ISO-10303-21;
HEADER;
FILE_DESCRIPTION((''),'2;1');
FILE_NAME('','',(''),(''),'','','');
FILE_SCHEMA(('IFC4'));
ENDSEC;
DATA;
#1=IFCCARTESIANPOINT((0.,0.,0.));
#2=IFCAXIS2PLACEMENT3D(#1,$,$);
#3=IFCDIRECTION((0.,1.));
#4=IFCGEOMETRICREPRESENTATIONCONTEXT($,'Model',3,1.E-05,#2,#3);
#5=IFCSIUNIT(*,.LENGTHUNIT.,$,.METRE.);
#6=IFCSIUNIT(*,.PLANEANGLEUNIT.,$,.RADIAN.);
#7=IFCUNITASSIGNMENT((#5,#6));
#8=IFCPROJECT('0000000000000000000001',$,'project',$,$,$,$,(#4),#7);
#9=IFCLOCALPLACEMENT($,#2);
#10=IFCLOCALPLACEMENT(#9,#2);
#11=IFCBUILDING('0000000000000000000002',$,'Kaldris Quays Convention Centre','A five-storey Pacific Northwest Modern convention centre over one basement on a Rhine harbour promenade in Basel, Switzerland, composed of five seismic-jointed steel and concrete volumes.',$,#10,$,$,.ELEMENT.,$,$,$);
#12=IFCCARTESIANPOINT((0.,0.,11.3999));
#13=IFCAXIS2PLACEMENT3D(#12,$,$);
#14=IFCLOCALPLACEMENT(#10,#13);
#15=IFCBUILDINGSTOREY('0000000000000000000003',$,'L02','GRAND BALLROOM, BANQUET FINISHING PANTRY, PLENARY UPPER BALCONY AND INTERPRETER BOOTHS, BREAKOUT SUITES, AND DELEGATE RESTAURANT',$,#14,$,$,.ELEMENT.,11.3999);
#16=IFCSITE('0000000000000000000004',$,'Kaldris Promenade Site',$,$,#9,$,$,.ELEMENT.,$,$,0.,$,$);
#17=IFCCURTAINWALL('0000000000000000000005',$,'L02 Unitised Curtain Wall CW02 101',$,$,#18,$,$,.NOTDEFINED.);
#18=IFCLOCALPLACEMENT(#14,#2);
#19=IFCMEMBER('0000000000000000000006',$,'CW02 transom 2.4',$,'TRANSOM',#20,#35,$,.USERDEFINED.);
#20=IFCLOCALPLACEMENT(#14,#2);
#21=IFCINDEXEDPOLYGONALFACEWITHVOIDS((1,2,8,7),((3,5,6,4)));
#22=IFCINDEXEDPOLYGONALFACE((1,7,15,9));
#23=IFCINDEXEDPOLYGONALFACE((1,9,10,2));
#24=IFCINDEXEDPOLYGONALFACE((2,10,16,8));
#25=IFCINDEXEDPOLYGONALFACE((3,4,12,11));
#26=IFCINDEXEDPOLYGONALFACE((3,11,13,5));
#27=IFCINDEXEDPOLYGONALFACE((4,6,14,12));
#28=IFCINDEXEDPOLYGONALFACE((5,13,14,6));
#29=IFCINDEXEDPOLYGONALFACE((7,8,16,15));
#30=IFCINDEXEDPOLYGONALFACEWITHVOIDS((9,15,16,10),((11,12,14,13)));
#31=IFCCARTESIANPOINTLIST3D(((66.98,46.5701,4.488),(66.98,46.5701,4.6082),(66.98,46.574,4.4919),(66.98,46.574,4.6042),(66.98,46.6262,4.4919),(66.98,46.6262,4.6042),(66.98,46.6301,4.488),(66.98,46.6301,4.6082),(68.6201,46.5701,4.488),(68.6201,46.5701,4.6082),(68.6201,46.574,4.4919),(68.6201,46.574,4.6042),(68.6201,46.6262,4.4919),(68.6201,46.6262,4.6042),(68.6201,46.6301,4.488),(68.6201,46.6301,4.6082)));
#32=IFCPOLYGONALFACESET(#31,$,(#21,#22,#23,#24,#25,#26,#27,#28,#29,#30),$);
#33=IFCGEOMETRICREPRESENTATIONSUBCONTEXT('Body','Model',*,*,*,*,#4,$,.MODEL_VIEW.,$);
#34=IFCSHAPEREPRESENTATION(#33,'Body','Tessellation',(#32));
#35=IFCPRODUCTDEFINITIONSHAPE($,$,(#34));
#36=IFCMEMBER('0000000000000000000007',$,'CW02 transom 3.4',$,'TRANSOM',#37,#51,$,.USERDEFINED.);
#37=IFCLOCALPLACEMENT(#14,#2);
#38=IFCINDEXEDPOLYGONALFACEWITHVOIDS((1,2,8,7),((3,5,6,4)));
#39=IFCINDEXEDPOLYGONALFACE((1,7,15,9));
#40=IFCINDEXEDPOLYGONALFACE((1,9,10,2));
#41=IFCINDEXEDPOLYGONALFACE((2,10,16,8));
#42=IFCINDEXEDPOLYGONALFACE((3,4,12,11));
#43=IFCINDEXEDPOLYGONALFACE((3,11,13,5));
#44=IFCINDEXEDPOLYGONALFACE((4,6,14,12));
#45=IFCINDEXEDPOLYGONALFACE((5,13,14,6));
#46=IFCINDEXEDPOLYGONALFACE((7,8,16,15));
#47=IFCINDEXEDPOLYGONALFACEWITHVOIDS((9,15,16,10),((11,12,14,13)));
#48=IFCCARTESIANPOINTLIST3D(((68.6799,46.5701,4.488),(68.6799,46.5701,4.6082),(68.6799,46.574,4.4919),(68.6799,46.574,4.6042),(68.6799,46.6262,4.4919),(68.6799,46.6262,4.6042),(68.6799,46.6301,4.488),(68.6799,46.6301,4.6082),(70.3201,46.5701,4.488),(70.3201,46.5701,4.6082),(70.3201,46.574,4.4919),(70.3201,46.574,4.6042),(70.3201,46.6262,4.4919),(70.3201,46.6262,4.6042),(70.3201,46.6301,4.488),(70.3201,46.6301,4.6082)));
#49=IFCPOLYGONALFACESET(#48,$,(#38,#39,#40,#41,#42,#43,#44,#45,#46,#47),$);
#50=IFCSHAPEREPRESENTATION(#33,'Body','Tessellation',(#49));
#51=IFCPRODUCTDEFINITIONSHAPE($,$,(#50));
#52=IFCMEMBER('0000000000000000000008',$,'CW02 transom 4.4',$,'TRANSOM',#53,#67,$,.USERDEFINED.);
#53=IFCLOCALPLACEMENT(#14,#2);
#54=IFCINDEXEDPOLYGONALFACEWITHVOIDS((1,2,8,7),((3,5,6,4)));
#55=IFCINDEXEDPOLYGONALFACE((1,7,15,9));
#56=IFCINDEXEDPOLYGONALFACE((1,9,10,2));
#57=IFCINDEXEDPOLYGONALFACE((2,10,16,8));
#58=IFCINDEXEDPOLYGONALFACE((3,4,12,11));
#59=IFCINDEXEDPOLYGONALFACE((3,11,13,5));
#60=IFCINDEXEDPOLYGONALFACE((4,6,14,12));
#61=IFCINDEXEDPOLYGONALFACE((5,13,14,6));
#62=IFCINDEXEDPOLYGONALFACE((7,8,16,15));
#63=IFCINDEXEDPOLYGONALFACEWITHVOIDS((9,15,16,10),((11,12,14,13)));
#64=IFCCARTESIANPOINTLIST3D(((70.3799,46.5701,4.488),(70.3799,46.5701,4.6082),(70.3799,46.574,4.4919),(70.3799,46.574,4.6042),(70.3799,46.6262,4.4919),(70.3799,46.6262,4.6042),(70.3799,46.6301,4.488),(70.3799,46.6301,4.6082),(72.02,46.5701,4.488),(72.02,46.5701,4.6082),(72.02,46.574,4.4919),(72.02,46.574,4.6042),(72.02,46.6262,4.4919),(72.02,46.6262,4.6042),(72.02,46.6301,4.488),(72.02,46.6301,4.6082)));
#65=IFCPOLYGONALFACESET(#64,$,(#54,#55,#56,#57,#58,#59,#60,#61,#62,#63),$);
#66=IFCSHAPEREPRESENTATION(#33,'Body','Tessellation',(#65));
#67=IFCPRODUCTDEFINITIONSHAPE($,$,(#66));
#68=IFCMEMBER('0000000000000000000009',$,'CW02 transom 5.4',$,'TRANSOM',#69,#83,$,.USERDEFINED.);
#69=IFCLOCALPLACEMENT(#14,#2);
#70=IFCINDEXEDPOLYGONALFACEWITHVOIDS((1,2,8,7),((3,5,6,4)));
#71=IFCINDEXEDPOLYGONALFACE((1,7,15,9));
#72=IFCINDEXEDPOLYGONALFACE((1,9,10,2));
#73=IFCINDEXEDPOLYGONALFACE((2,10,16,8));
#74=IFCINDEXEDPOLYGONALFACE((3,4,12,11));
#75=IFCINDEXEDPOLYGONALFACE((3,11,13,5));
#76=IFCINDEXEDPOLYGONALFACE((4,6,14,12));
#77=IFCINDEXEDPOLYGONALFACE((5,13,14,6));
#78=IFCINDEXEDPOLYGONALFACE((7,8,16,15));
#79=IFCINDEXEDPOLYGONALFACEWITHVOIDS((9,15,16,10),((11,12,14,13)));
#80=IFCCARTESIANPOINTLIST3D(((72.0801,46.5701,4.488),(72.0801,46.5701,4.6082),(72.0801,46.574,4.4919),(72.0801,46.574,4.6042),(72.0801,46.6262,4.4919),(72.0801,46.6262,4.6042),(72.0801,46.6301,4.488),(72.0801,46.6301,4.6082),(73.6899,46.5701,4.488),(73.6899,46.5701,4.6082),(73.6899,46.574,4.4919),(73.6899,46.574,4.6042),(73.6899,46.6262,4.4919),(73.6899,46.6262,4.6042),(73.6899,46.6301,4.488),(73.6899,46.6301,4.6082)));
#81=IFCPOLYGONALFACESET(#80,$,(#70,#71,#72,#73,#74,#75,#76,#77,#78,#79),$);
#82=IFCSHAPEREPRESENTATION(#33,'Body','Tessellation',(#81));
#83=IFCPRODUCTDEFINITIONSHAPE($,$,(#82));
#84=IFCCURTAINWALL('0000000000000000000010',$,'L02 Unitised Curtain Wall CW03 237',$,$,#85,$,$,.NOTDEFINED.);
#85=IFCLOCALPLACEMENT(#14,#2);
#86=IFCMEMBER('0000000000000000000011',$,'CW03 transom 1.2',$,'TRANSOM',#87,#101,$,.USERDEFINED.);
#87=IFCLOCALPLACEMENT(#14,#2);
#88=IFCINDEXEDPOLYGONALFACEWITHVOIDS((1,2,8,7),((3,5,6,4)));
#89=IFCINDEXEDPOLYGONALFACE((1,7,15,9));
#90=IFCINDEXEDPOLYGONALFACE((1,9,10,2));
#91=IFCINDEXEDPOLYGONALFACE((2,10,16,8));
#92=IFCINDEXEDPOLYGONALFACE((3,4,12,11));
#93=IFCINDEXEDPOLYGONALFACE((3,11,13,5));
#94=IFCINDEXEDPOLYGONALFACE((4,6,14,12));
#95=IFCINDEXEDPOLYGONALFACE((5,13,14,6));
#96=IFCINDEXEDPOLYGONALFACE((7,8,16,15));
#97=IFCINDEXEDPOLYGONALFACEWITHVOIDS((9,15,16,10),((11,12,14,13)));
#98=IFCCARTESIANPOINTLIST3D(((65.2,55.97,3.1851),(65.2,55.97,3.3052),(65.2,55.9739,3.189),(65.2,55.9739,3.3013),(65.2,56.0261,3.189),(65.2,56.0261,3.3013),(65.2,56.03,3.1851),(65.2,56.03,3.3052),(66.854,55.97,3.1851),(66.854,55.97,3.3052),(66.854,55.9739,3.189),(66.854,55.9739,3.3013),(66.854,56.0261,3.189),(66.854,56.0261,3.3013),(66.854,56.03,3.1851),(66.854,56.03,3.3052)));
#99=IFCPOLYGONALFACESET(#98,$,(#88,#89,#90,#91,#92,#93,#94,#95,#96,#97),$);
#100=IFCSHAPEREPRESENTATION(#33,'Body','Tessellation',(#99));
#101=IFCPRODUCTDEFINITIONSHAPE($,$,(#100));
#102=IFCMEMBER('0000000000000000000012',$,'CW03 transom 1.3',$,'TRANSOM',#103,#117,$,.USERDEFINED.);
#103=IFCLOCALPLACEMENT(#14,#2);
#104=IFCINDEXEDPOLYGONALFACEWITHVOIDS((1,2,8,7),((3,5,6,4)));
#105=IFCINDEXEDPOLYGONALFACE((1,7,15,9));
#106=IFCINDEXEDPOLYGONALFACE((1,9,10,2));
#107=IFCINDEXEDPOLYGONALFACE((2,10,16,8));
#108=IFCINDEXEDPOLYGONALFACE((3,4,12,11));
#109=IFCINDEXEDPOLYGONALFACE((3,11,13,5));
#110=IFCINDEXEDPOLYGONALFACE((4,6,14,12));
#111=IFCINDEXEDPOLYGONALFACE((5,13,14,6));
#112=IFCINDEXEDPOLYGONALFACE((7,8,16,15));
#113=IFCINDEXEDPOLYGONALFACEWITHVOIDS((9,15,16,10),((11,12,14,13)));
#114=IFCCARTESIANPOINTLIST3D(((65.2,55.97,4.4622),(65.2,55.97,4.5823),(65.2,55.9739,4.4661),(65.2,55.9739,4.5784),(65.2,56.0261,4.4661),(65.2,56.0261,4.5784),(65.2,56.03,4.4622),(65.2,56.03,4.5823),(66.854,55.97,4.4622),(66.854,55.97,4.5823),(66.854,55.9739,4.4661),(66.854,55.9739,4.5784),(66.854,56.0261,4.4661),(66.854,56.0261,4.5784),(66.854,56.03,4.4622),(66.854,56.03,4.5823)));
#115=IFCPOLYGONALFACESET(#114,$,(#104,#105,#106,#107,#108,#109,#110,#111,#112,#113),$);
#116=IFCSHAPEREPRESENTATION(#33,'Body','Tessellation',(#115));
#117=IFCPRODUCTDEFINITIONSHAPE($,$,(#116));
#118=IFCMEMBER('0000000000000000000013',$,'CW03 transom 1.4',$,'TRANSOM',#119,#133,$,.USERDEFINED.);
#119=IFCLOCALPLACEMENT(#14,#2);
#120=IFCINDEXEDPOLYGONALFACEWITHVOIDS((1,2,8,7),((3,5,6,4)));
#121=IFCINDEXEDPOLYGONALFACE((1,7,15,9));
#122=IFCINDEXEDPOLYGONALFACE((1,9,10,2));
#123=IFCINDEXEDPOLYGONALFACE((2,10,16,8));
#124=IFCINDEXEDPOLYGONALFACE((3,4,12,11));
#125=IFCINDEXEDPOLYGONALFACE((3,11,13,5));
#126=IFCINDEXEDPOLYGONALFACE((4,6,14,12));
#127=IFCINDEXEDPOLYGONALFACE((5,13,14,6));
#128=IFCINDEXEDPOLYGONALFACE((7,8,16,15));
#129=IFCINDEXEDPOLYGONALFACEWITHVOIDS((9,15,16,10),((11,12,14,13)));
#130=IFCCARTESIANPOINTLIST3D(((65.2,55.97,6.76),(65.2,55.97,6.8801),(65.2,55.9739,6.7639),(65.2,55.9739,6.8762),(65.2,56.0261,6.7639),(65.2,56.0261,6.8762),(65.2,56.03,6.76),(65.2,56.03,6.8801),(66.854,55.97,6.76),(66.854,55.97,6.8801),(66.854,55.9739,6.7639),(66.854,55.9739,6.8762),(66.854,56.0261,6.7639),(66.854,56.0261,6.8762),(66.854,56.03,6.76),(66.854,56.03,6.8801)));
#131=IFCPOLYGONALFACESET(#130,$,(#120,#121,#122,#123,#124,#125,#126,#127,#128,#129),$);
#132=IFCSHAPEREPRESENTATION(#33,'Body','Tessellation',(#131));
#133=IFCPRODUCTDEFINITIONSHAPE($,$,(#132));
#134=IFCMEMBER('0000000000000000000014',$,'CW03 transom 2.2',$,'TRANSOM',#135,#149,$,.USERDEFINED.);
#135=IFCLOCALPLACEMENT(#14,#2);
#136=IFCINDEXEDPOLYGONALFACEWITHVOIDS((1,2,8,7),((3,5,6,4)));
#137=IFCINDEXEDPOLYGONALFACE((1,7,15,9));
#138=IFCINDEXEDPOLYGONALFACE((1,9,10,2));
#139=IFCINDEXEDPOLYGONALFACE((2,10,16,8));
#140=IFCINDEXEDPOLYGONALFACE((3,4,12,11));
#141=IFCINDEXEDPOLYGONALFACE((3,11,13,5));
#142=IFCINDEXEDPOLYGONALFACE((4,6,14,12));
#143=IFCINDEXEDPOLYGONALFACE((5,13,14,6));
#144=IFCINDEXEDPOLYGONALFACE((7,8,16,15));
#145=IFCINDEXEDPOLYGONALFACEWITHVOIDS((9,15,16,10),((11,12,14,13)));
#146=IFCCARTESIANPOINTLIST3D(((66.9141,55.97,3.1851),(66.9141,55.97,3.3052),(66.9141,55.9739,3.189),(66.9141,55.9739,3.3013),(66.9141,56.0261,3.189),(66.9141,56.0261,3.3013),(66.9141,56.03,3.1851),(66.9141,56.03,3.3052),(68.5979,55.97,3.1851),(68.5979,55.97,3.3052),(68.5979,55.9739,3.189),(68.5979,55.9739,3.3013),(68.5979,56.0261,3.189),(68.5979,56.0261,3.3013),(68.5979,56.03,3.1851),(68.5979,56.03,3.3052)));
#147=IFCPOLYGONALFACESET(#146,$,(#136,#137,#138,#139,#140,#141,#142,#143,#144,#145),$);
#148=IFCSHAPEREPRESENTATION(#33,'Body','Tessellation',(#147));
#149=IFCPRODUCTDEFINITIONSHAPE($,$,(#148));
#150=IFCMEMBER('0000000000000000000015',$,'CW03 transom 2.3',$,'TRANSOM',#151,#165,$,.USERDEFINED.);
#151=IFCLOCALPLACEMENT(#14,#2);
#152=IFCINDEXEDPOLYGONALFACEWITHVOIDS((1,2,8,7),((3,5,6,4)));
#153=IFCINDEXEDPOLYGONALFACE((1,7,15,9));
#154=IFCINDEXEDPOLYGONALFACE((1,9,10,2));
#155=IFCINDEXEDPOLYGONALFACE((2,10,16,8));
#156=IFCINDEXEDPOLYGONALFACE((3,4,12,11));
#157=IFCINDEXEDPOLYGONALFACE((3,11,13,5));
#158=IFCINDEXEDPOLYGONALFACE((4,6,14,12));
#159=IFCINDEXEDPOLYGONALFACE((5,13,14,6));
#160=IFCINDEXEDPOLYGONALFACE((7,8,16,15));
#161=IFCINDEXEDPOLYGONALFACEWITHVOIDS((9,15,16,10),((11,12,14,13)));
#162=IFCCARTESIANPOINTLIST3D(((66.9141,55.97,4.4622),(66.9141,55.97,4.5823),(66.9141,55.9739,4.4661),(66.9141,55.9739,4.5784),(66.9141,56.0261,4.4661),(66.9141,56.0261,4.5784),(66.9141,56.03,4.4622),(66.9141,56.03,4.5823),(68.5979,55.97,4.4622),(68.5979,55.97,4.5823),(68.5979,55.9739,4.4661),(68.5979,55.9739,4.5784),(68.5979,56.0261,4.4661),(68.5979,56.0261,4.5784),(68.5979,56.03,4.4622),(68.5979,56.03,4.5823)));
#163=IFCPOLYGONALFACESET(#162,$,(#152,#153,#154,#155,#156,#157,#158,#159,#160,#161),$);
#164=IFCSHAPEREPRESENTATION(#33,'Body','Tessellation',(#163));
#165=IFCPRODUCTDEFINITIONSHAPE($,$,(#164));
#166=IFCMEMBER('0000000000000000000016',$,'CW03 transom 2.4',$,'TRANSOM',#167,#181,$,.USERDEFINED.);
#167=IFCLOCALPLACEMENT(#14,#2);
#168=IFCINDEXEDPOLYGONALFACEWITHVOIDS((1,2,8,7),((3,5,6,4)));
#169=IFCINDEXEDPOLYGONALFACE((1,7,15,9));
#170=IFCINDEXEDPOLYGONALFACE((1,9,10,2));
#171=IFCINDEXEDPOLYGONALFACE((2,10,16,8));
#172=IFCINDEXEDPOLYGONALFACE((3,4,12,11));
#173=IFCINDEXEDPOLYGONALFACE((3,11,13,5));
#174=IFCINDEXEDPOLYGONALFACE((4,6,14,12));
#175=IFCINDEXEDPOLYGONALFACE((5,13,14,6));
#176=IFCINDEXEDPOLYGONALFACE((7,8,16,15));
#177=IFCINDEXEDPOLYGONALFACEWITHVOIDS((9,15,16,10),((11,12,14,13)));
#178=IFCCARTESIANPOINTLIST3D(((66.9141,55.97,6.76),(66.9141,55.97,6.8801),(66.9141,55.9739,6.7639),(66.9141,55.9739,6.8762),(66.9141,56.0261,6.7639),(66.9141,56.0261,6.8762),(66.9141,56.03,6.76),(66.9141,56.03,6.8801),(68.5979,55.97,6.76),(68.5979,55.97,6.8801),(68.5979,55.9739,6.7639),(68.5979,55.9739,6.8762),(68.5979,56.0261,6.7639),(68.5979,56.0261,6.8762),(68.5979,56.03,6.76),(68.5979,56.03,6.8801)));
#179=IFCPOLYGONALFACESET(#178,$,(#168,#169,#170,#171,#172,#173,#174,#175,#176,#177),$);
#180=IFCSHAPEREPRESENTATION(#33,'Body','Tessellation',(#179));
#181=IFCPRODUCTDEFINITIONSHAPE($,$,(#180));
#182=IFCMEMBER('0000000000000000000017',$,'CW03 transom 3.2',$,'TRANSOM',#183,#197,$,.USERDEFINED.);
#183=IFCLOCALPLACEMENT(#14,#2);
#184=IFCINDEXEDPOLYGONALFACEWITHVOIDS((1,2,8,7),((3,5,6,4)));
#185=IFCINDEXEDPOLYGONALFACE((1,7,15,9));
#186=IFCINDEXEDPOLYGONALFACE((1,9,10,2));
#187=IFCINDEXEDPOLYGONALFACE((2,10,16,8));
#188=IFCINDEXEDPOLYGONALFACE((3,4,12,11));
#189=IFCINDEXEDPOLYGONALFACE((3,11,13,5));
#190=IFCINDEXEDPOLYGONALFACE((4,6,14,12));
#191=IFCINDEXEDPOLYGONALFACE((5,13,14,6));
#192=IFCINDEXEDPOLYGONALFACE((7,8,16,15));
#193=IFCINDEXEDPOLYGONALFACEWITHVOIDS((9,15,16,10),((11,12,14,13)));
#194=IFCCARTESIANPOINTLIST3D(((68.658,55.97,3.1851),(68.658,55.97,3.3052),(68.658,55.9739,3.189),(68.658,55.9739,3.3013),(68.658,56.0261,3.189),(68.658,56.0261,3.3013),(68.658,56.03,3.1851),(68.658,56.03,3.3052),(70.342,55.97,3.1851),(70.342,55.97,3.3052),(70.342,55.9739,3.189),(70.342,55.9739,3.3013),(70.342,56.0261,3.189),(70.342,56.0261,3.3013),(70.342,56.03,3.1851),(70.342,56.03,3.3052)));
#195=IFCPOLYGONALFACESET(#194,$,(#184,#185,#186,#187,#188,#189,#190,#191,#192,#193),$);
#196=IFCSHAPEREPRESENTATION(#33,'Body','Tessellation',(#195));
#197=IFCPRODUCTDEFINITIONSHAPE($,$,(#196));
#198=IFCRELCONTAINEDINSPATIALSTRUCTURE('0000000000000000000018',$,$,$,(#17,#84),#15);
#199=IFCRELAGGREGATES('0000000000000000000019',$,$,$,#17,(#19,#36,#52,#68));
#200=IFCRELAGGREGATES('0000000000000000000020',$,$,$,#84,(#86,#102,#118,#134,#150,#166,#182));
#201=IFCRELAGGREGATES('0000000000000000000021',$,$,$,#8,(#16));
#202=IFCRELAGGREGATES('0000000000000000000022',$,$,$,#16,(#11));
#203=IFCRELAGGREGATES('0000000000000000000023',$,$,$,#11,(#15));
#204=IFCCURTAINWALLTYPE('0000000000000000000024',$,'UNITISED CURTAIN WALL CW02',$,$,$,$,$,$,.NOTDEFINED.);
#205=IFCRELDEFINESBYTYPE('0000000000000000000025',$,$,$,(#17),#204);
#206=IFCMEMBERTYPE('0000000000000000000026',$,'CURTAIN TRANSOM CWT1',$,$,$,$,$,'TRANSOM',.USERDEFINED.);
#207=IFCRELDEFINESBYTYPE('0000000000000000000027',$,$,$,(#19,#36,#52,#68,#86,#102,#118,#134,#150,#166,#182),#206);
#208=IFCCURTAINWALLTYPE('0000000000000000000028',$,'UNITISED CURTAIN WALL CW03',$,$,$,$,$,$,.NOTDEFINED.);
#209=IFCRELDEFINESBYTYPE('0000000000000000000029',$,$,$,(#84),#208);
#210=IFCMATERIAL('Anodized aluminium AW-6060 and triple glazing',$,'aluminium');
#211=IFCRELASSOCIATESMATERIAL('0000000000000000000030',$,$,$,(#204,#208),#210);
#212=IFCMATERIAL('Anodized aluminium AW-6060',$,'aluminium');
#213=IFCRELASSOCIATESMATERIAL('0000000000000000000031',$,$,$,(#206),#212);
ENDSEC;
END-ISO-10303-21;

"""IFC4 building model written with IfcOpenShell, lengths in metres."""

from ifc_helpers import new_model, si_unit, direction, frame, origin, origin_2d, place, context, subcontext, project, spatial, hollow_rectangle, extrude, material, material_profile, profile_set, type_object, element, aggregate, save


model = new_model("IFC4")

# Units and contexts
model_context = context("Model", 3, precision=1e-05, world=origin(), true_north=direction((0.0, 1.0)))
body_context = subcontext(model_context, "Body", "Model", "MODEL_VIEW")
ifc_project = project(units=[si_unit("LENGTHUNIT", "METRE"), si_unit("PLANEANGLEUNIT", "RADIAN")], contexts=[model_context])

# Site, building, storey
site_placement = place(None, origin())
site = spatial("IfcSite", under=ifc_project, at=site_placement, Name="Kaldris Promenade Site", CompositionType="ELEMENT", RefElevation=0.0)
building_placement = place(site_placement, origin())
building = spatial("IfcBuilding", under=site, at=building_placement, Name="Kaldris Quays Convention Centre", Description="A five-storey Pacific Northwest Modern convention centre over one basement on a Rhine harbour promenade in Basel, Switzerland, composed of five seismic-jointed steel and concrete volumes.", CompositionType="ELEMENT")
storey_placement = place(building_placement, frame((0.0, 0.0, 11.3999)))
storey = spatial("IfcBuildingStorey", under=building, at=storey_placement, Name="L02", Description="GRAND BALLROOM, BANQUET FINISHING PANTRY, PLENARY UPPER BALCONY AND INTERPRETER BOOTHS, BREAKOUT SUITES, AND DELEGATE RESTAURANT", CompositionType="ELEMENT", Elevation=11.3999)

# Curtain walls, members
ifc_material_1 = material(Name="Anodized aluminium AW-6060 and triple glazing", Category="aluminium")
curtain_wall_type_1 = type_object("IfcCurtainWallType", Name="UNITISED CURTAIN WALL CW02", PredefinedType="NOTDEFINED", material=ifc_material_1)
curtain_wall_1_placement = place(storey_placement, origin())
curtain_wall_1 = element("IfcCurtainWall", 1, at=curtain_wall_1_placement, inside=storey, type_object=curtain_wall_type_1, Name="L02 Unitised Curtain Wall CW02 101", PredefinedType="NOTDEFINED")
ifc_material_2 = material(Name="Anodized aluminium AW-6060", Category="aluminium")
ifc_material_profile_1 = material_profile(ifc_material_2, hollow_rectangle(XDim=0.0601, YDim=0.1201, WallThickness=0.0039, at=origin_2d()), Name="RHS 120x60x4")
ifc_profile_set_1 = profile_set([ifc_material_profile_1], Name="Anodized aluminium AW-6060")
member_type_1 = type_object("IfcMemberType", Name="CURTAIN TRANSOM CWT1", ElementType="TRANSOM", PredefinedType="USERDEFINED", material=ifc_profile_set_1)
member_1_placement = place(storey_placement, frame((66.98, 46.6001, 4.5481), z_axis=(1.0, 0.0, 0.0), x_axis=(0.0, 1.0, 0.0)))
member_1 = element("IfcMember", 2, at=member_1_placement, type_object=member_type_1, Name="CW02 transom 2.4", ObjectType="TRANSOM", PredefinedType="USERDEFINED", context=body_context, shape_type="SweptSolid", body=[
    extrude(hollow_rectangle(XDim=0.0601, YDim=0.1201, WallThickness=0.0039, at=origin_2d()), origin(), (0.0, 0.0, 1.0), 1.6401),
])
member_2_placement = place(storey_placement, frame((68.6799, 46.6001, 4.5481), z_axis=(1.0, 0.0, 0.0), x_axis=(0.0, 1.0, 0.0)))
member_2 = element("IfcMember", 3, at=member_2_placement, type_object=member_type_1, Name="CW02 transom 3.4", ObjectType="TRANSOM", PredefinedType="USERDEFINED", context=body_context, shape_type="SweptSolid", body=[
    extrude(hollow_rectangle(XDim=0.0601, YDim=0.1201, WallThickness=0.0039, at=origin_2d()), origin(), (0.0, 0.0, 1.0), 1.6401),
])
member_3_placement = place(storey_placement, frame((70.3799, 46.6001, 4.5481), z_axis=(1.0, 0.0, 0.0), x_axis=(0.0, 1.0, 0.0)))
member_3 = element("IfcMember", 4, at=member_3_placement, type_object=member_type_1, Name="CW02 transom 4.4", ObjectType="TRANSOM", PredefinedType="USERDEFINED", context=body_context, shape_type="SweptSolid", body=[
    extrude(hollow_rectangle(XDim=0.0601, YDim=0.1201, WallThickness=0.0039, at=origin_2d()), origin(), (0.0, 0.0, 1.0), 1.6401),
])
member_4_placement = place(storey_placement, frame((72.0801, 46.6001, 4.5481), z_axis=(1.0, 0.0, 0.0), x_axis=(0.0, 1.0, 0.0)))
member_4 = element("IfcMember", 5, at=member_4_placement, type_object=member_type_1, Name="CW02 transom 5.4", ObjectType="TRANSOM", PredefinedType="USERDEFINED", context=body_context, shape_type="SweptSolid", body=[
    extrude(hollow_rectangle(XDim=0.0601, YDim=0.1201, WallThickness=0.0039, at=origin_2d()), origin(), (0.0, 0.0, 1.0), 1.6099),
])
curtain_wall_type_2 = type_object("IfcCurtainWallType", Name="UNITISED CURTAIN WALL CW03", PredefinedType="NOTDEFINED", material=ifc_material_1)
curtain_wall_2_placement = place(storey_placement, origin())
curtain_wall_2 = element("IfcCurtainWall", 6, at=curtain_wall_2_placement, inside=storey, type_object=curtain_wall_type_2, Name="L02 Unitised Curtain Wall CW03 237", PredefinedType="NOTDEFINED")
member_5_placement = place(storey_placement, frame((65.2, 56.0, 3.2451), z_axis=(1.0, 0.0, 0.0), x_axis=(0.0, 1.0, 0.0)))
member_5 = element("IfcMember", 7, at=member_5_placement, type_object=member_type_1, Name="CW03 transom 1.2", ObjectType="TRANSOM", PredefinedType="USERDEFINED", context=body_context, shape_type="SweptSolid", body=[
    extrude(hollow_rectangle(XDim=0.0601, YDim=0.1201, WallThickness=0.0039, at=origin_2d()), origin(), (0.0, 0.0, 1.0), 1.6541),
])
member_6_placement = place(storey_placement, frame((65.2, 56.0, 4.5222), z_axis=(1.0, 0.0, 0.0), x_axis=(0.0, 1.0, 0.0)))
member_6 = element("IfcMember", 8, at=member_6_placement, type_object=member_type_1, Name="CW03 transom 1.3", ObjectType="TRANSOM", PredefinedType="USERDEFINED", context=body_context, shape_type="SweptSolid", body=[
    extrude(hollow_rectangle(XDim=0.0601, YDim=0.1201, WallThickness=0.0039, at=origin_2d()), origin(), (0.0, 0.0, 1.0), 1.6541),
])
member_7_placement = place(storey_placement, frame((65.2, 56.0, 6.8201), z_axis=(1.0, 0.0, 0.0), x_axis=(0.0, 1.0, 0.0)))
member_7 = element("IfcMember", 9, at=member_7_placement, type_object=member_type_1, Name="CW03 transom 1.4", ObjectType="TRANSOM", PredefinedType="USERDEFINED", context=body_context, shape_type="SweptSolid", body=[
    extrude(hollow_rectangle(XDim=0.0601, YDim=0.1201, WallThickness=0.0039, at=origin_2d()), origin(), (0.0, 0.0, 1.0), 1.6541),
])
member_8_placement = place(storey_placement, frame((66.9141, 56.0, 3.2451), z_axis=(1.0, 0.0, 0.0), x_axis=(0.0, 1.0, 0.0)))
member_8 = element("IfcMember", 10, at=member_8_placement, type_object=member_type_1, Name="CW03 transom 2.2", ObjectType="TRANSOM", PredefinedType="USERDEFINED", context=body_context, shape_type="SweptSolid", body=[
    extrude(hollow_rectangle(XDim=0.0601, YDim=0.1201, WallThickness=0.0039, at=origin_2d()), origin(), (0.0, 0.0, 1.0), 1.6838),
])
member_9_placement = place(storey_placement, frame((66.9141, 56.0, 4.5222), z_axis=(1.0, 0.0, 0.0), x_axis=(0.0, 1.0, 0.0)))
member_9 = element("IfcMember", 11, at=member_9_placement, type_object=member_type_1, Name="CW03 transom 2.3", ObjectType="TRANSOM", PredefinedType="USERDEFINED", context=body_context, shape_type="SweptSolid", body=[
    extrude(hollow_rectangle(XDim=0.0601, YDim=0.1201, WallThickness=0.0039, at=origin_2d()), origin(), (0.0, 0.0, 1.0), 1.6838),
])
member_10_placement = place(storey_placement, frame((66.9141, 56.0, 6.8201), z_axis=(1.0, 0.0, 0.0), x_axis=(0.0, 1.0, 0.0)))
member_10 = element("IfcMember", 12, at=member_10_placement, type_object=member_type_1, Name="CW03 transom 2.4", ObjectType="TRANSOM", PredefinedType="USERDEFINED", context=body_context, shape_type="SweptSolid", body=[
    extrude(hollow_rectangle(XDim=0.0601, YDim=0.1201, WallThickness=0.0039, at=origin_2d()), origin(), (0.0, 0.0, 1.0), 1.6838),
])
member_11_placement = place(storey_placement, frame((68.658, 56.0, 3.2451), z_axis=(1.0, 0.0, 0.0), x_axis=(0.0, 1.0, 0.0)))
member_11 = element("IfcMember", 13, at=member_11_placement, type_object=member_type_1, Name="CW03 transom 3.2", ObjectType="TRANSOM", PredefinedType="USERDEFINED", context=body_context, shape_type="SweptSolid", body=[
    extrude(hollow_rectangle(XDim=0.0601, YDim=0.1201, WallThickness=0.0039, at=origin_2d()), origin(), (0.0, 0.0, 1.0), 1.6841),
])

aggregate(curtain_wall_1, [member_1, member_2, member_3, member_4])
aggregate(curtain_wall_2, [member_5, member_6, member_7, member_8, member_9, member_10, member_11])

save(model, "model.ifc")
